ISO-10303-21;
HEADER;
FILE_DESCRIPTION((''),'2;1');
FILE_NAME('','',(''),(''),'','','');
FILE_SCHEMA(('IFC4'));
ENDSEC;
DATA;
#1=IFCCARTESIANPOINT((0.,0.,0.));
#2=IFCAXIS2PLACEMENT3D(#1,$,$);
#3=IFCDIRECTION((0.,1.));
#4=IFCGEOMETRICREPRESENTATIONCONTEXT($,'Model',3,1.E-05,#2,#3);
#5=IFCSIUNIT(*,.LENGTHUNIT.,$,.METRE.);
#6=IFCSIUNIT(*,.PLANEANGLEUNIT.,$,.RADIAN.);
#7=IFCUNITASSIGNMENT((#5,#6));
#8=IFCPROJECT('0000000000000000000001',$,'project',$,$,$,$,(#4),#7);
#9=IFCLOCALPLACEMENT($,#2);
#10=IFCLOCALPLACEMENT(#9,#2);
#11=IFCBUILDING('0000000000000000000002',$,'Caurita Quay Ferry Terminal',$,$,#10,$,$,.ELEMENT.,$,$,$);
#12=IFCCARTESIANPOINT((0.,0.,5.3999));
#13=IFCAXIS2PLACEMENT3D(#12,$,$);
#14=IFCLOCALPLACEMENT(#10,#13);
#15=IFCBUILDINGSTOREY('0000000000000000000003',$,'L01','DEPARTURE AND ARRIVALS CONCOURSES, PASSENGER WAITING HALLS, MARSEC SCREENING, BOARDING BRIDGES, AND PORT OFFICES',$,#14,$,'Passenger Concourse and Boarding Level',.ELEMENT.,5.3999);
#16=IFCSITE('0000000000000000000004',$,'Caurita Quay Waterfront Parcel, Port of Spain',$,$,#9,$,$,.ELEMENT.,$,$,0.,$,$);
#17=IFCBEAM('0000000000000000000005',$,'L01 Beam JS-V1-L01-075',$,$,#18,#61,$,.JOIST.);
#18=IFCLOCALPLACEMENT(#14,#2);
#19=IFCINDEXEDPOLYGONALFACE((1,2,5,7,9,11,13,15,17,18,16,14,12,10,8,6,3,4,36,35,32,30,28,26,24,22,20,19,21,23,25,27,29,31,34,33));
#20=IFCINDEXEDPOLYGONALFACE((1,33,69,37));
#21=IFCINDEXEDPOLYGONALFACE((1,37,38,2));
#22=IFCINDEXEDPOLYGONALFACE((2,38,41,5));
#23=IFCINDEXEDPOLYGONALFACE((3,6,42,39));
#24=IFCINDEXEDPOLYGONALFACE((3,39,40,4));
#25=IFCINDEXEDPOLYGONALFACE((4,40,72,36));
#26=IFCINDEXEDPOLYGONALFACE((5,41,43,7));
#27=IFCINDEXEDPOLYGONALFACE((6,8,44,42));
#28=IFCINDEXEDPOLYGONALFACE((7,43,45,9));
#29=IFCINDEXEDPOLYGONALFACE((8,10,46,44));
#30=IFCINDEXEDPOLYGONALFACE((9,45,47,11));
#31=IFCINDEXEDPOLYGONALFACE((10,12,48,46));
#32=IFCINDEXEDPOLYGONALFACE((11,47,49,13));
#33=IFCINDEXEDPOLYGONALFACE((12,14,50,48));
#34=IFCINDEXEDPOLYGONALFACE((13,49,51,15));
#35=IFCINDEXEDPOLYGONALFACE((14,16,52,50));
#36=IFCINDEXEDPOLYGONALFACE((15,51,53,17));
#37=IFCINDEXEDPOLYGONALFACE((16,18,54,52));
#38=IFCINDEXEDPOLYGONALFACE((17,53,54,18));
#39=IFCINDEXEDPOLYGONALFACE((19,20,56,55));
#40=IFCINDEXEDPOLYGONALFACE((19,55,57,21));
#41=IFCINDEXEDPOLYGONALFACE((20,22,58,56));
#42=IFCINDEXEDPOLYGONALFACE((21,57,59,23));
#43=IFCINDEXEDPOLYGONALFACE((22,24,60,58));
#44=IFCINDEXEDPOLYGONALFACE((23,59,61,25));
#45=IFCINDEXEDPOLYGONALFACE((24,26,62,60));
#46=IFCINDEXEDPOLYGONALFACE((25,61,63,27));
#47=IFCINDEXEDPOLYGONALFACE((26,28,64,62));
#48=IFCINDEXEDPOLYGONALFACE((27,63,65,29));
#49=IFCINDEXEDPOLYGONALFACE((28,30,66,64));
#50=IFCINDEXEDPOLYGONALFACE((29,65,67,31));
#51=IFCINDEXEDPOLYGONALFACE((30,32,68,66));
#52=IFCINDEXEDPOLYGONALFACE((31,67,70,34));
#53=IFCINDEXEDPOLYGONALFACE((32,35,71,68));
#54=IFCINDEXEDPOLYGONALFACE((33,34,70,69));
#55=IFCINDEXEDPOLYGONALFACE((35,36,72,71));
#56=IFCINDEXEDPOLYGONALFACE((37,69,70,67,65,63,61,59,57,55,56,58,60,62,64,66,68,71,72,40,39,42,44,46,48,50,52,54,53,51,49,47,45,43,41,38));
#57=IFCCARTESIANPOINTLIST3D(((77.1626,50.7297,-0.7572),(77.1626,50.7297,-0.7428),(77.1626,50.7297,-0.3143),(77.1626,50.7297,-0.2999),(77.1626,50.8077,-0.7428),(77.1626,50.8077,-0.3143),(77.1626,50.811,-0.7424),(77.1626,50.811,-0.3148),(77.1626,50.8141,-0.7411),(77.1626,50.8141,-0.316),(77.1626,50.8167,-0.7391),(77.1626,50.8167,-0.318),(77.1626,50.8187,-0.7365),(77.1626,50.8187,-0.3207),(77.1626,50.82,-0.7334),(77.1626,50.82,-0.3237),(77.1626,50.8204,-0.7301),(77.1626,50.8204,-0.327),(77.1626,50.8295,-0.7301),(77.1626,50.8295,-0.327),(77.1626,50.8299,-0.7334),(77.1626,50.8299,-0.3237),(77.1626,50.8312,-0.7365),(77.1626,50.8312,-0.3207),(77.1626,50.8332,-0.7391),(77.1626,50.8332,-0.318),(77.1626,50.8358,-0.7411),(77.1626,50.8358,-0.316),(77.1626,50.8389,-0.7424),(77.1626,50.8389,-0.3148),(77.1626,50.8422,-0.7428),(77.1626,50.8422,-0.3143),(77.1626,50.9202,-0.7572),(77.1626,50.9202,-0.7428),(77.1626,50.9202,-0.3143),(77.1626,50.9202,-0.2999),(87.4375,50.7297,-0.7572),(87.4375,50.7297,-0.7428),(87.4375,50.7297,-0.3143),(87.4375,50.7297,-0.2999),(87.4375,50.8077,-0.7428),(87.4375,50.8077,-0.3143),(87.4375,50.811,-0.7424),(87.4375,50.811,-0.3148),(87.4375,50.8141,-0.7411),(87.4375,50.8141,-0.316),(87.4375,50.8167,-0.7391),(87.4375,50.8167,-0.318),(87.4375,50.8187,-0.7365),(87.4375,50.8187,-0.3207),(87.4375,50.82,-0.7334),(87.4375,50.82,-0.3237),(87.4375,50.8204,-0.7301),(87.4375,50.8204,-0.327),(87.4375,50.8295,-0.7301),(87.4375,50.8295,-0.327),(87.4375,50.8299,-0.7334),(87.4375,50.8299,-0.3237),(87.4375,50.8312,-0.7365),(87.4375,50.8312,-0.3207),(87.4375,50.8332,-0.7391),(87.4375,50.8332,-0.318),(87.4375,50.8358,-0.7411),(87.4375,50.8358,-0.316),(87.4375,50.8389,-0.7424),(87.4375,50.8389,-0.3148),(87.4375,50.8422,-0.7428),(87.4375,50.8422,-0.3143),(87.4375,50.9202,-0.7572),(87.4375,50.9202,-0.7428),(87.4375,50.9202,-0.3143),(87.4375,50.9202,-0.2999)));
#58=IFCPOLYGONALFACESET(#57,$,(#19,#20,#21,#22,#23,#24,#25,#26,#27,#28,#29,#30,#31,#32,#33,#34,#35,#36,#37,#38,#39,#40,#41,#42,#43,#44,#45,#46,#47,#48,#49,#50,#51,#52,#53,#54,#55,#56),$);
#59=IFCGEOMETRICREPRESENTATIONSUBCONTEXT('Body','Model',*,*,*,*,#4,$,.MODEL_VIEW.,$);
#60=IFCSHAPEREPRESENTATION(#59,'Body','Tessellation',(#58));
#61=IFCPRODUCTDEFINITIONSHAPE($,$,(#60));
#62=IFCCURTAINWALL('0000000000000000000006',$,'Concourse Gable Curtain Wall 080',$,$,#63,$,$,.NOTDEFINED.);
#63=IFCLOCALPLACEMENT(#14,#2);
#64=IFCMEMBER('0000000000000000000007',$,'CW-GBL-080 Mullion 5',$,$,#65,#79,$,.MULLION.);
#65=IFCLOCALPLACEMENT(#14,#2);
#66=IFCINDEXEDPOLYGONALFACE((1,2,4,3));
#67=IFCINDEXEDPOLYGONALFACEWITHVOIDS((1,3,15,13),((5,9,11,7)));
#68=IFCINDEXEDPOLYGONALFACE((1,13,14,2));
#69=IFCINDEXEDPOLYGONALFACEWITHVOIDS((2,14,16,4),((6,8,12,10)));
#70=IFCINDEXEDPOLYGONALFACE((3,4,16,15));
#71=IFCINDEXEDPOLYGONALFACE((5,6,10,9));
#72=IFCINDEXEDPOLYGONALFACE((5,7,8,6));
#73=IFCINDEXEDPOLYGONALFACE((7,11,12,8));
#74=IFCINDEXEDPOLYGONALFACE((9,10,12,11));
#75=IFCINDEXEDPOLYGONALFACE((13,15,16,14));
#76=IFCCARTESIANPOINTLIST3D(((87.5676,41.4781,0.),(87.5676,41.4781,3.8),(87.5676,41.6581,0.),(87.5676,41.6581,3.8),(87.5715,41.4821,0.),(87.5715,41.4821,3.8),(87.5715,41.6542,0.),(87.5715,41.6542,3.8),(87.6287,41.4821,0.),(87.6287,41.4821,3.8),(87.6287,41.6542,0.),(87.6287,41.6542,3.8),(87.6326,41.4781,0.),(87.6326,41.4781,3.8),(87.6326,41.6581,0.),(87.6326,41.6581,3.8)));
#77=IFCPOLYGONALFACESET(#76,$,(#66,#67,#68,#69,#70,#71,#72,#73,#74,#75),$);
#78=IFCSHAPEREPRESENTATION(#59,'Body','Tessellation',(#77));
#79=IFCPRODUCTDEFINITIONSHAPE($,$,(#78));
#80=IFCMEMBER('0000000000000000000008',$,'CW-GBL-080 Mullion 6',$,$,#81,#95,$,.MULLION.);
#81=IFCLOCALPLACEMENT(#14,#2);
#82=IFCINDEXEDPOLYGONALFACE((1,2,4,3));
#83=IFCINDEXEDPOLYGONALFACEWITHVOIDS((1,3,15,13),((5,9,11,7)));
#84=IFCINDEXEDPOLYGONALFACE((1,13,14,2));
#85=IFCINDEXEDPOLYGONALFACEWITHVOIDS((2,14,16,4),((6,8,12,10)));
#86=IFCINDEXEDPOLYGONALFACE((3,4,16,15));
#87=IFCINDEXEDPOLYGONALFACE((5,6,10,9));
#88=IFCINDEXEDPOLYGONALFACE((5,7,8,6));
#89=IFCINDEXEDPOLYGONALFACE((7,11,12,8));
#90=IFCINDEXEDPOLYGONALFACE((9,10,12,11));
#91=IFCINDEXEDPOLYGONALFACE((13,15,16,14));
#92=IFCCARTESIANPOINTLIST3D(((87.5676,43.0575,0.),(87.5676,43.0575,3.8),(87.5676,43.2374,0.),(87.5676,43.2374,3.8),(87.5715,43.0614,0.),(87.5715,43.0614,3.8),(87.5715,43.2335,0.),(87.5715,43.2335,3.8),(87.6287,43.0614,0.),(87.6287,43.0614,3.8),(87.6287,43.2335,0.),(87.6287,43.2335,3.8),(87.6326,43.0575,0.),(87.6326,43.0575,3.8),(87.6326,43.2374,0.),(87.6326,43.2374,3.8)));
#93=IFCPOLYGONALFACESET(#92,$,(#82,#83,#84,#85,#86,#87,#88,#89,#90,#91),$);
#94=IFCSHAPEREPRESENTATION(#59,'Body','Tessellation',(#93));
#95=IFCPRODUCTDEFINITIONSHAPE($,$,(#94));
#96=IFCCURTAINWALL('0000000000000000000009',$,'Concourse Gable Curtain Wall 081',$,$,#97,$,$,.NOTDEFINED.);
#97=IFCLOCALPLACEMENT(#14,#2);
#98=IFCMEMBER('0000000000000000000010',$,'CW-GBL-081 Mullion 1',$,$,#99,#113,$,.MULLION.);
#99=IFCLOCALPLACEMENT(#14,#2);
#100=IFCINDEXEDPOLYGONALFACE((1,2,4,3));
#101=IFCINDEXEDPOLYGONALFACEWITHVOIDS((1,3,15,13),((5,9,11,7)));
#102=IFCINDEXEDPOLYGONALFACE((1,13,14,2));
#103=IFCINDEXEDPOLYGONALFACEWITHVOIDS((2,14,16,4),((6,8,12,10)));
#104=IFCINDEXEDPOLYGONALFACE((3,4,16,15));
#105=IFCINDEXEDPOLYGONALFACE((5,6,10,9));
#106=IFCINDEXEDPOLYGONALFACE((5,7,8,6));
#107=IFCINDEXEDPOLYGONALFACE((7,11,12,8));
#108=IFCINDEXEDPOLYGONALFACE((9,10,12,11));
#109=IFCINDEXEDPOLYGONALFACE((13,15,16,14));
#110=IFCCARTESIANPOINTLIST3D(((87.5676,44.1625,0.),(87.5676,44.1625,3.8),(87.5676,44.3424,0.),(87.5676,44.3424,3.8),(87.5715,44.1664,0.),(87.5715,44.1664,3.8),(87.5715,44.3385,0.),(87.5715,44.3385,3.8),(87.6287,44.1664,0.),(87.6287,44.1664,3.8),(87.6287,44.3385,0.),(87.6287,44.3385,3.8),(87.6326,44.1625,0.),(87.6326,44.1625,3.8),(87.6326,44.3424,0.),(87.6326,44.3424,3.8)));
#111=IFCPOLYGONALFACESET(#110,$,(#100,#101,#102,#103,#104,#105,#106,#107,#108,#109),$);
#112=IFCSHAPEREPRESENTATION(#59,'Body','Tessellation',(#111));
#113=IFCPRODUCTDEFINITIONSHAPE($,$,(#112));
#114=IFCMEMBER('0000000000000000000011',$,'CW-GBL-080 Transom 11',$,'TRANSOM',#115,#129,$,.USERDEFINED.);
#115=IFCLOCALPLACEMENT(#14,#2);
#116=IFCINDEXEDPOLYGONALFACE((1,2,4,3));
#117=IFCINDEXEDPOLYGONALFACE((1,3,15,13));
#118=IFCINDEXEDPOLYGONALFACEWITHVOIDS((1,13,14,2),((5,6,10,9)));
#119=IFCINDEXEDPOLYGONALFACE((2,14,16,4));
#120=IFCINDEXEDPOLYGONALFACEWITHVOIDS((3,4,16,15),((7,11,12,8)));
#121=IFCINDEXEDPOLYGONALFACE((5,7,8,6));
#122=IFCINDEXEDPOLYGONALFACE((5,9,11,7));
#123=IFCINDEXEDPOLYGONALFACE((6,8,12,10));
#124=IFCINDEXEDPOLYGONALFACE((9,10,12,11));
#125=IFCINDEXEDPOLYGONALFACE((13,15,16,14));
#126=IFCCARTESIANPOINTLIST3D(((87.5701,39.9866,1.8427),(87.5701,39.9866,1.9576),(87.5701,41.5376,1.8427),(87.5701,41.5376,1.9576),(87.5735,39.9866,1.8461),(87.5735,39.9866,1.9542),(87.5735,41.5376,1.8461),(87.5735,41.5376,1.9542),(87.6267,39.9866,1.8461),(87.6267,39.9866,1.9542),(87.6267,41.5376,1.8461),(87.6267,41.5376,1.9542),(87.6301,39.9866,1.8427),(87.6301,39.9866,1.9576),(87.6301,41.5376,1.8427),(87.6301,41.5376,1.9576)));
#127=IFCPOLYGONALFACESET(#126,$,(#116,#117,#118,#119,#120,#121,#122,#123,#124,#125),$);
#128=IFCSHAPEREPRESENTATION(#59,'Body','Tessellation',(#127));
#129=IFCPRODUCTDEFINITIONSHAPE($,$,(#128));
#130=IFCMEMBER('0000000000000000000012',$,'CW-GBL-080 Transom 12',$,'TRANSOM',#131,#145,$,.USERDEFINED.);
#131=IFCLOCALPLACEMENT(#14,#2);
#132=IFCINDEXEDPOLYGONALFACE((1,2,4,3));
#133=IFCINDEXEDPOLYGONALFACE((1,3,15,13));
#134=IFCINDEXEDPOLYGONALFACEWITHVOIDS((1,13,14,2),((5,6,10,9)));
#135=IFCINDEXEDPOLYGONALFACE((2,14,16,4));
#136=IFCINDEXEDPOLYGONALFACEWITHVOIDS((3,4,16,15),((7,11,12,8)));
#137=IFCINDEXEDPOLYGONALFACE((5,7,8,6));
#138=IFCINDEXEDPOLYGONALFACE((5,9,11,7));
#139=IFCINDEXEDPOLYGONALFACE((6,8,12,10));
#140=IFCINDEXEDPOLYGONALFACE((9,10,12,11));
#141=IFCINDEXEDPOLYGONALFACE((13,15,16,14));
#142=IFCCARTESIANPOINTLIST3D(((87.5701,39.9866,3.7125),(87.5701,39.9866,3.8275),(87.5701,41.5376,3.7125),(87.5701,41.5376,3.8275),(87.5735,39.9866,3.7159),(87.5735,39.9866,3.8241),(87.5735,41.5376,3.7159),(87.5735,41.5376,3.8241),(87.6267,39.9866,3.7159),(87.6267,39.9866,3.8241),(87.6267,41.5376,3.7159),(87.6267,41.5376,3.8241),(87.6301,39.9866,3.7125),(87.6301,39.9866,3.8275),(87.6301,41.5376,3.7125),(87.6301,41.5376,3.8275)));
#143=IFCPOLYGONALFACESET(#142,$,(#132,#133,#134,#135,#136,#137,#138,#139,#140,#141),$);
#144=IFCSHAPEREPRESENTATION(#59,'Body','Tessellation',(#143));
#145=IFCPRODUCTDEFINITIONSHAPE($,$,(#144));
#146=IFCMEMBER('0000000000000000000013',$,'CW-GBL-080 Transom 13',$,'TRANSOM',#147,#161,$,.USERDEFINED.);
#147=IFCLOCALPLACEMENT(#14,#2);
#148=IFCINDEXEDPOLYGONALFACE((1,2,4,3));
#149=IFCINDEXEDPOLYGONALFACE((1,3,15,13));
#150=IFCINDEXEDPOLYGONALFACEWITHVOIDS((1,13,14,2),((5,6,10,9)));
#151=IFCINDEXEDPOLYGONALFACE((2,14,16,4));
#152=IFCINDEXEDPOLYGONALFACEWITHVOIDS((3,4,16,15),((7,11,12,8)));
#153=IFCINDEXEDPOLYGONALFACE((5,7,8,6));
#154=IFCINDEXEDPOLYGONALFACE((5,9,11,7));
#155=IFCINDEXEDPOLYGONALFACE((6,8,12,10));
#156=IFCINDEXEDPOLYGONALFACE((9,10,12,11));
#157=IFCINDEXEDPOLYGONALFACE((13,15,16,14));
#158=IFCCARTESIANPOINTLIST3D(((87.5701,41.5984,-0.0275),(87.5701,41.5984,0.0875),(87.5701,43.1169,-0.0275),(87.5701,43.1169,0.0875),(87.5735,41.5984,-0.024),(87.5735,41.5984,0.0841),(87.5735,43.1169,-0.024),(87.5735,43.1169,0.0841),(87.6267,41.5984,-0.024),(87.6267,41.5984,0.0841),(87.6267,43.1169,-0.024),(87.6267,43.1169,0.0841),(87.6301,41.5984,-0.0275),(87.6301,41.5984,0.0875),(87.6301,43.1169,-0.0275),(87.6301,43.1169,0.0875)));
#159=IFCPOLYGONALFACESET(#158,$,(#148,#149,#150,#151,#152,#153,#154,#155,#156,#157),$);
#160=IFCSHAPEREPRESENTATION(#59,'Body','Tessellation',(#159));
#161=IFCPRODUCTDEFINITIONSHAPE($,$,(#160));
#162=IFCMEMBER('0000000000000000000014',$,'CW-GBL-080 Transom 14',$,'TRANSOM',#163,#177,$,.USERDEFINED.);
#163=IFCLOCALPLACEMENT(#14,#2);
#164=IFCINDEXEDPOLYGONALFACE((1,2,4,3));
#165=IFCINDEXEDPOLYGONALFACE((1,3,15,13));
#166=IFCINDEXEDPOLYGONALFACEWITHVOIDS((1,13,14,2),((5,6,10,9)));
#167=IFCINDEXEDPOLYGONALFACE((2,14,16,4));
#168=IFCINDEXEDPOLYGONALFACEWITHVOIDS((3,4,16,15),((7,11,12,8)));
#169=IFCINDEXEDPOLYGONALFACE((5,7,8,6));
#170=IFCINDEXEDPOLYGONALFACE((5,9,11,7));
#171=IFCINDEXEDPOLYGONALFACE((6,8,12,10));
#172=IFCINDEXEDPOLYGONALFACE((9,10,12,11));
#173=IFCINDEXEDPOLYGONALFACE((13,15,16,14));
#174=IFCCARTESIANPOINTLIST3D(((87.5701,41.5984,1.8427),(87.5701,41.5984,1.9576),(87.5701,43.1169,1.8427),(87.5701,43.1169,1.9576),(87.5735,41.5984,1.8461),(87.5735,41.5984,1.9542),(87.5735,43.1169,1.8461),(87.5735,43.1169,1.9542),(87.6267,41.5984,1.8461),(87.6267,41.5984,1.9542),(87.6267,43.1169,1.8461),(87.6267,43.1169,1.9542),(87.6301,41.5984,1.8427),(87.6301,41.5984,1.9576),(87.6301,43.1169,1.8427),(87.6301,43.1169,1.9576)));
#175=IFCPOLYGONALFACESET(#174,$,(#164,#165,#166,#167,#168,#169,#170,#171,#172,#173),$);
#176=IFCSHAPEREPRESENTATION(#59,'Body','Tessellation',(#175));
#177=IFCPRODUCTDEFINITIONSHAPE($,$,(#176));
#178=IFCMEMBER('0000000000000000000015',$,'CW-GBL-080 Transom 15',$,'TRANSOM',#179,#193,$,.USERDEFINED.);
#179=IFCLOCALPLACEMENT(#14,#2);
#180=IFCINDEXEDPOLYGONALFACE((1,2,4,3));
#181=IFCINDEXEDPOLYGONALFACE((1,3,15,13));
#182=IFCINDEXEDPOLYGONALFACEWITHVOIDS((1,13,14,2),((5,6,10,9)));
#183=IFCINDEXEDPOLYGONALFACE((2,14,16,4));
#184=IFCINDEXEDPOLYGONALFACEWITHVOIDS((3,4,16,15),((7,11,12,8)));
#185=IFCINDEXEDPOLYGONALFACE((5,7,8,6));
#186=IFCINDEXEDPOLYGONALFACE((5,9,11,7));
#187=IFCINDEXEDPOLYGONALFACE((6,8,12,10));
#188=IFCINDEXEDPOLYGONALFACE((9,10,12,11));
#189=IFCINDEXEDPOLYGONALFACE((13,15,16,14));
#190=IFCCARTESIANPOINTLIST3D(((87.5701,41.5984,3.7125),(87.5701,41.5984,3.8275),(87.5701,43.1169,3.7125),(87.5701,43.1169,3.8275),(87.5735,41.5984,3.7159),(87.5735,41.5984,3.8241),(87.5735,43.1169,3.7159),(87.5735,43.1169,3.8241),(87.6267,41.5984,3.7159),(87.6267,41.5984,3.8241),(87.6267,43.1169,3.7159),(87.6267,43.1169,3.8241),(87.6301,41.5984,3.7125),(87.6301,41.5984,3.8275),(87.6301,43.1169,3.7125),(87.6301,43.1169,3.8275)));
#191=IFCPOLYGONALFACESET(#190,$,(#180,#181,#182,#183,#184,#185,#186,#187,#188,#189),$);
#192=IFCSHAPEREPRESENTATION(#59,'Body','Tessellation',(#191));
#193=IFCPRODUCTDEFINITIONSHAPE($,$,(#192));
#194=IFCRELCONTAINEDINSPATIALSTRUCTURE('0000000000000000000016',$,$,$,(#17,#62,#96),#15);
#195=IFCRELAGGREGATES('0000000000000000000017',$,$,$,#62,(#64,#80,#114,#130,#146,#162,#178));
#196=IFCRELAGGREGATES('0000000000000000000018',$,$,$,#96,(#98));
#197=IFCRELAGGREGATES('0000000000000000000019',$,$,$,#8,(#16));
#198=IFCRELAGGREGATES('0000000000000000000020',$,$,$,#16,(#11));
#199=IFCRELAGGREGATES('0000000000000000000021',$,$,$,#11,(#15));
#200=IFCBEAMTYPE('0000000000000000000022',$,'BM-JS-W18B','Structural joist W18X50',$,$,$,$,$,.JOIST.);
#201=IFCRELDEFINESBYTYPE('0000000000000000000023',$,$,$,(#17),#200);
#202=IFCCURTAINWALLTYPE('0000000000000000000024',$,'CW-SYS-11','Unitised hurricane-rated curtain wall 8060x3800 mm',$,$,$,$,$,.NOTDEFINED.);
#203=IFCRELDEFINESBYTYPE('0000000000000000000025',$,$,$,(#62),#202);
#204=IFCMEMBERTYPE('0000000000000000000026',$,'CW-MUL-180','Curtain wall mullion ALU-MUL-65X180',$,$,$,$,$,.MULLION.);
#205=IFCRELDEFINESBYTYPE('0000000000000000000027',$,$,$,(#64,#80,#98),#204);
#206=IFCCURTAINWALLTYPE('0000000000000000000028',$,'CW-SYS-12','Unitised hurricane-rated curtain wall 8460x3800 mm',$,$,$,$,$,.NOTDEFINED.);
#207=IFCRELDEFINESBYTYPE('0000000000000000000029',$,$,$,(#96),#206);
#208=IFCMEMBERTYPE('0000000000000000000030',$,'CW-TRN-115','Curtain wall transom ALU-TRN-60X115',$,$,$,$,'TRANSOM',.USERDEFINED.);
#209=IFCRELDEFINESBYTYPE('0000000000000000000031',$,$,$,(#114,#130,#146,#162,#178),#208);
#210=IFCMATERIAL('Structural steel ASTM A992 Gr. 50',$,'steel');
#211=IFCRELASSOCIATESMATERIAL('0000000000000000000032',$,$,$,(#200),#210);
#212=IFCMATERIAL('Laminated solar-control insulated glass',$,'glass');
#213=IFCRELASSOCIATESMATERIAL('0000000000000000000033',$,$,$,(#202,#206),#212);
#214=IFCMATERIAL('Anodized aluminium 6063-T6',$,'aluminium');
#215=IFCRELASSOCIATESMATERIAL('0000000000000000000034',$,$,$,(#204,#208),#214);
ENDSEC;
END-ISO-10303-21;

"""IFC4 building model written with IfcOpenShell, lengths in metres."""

from ifc_helpers import new_model, si_unit, direction, frame, origin, origin_2d, place, context, subcontext, project, spatial, hollow_rectangle, i_section, extrude, material, material_profile, profile_set, type_object, element, aggregate, save


model = new_model("IFC4")

# Units and contexts
model_context = context("Model", 3, precision=1e-05, world=origin(), true_north=direction((0.0, 1.0)))
body_context = subcontext(model_context, "Body", "Model", "MODEL_VIEW")
ifc_project = project(units=[si_unit("LENGTHUNIT", "METRE"), si_unit("PLANEANGLEUNIT", "RADIAN")], contexts=[model_context])

# Site, building, storey
site_placement = place(None, origin())
site = spatial("IfcSite", under=ifc_project, at=site_placement, Name="Caurita Quay Waterfront Parcel, Port of Spain", CompositionType="ELEMENT", RefElevation=0.0)
building_placement = place(site_placement, origin())
building = spatial("IfcBuilding", under=site, at=building_placement, Name="Caurita Quay Ferry Terminal", CompositionType="ELEMENT")
storey_placement = place(building_placement, frame((0.0, 0.0, 5.3999)))
storey = spatial("IfcBuildingStorey", under=building, at=storey_placement, Name="L01", Description="DEPARTURE AND ARRIVALS CONCOURSES, PASSENGER WAITING HALLS, MARSEC SCREENING, BOARDING BRIDGES, AND PORT OFFICES", LongName="Passenger Concourse and Boarding Level", CompositionType="ELEMENT", Elevation=5.3999)

# Shared definitions
ifc_material_1 = material(Name="Structural steel ASTM A992 Gr. 50", Category="steel")

# Beam
ifc_material_profile_1 = material_profile(ifc_material_1, i_section(OverallWidth=0.1904, OverallDepth=0.4573, WebThickness=0.009, FlangeThickness=0.0144, FilletRadius=0.0127, at=origin_2d()), Name="W18X50")
ifc_profile_set_1 = profile_set([ifc_material_profile_1], Name="Structural steel ASTM A992 Gr. 50")
beam_type_1 = type_object("IfcBeamType", Name="BM-JS-W18B", Description="Structural joist W18X50", PredefinedType="JOIST", material=ifc_profile_set_1)
for number, where, z_axis, x_axis, name in (
    (1, (77.1626, 50.825, -0.5286), (1.0, 0.0, 0.0), (0.0, 1.0, 0.0), "L01 Beam JS-V1-L01-075"),
):
    element("IfcBeam", number, at=place(storey_placement, frame(where, z_axis=z_axis, x_axis=x_axis)), inside=storey, type_object=beam_type_1, Name=name, PredefinedType="JOIST", context=body_context, shape_type="SweptSolid", body=[
        extrude(i_section(OverallWidth=0.1904, OverallDepth=0.4573, WebThickness=0.009, FlangeThickness=0.0144, FilletRadius=0.0127, at=origin_2d()), origin(), (0.0, 0.0, 1.0), 10.2749),
    ])

# Curtain wall, members
ifc_material_2 = material(Name="Laminated solar-control insulated glass", Category="glass")
curtain_wall_type_1 = type_object("IfcCurtainWallType", Name="CW-SYS-11", Description="Unitised hurricane-rated curtain wall 8060x3800 mm", PredefinedType="NOTDEFINED", material=ifc_material_2)
curtain_wall_1_placement = place(storey_placement, origin())
curtain_wall_1 = element("IfcCurtainWall", 2, at=curtain_wall_1_placement, inside=storey, type_object=curtain_wall_type_1, Name="Concourse Gable Curtain Wall 080", PredefinedType="NOTDEFINED")
ifc_material_3 = material(Name="Anodized aluminium 6063-T6", Category="aluminium")
ifc_material_profile_2 = material_profile(ifc_material_3, hollow_rectangle(XDim=0.0649, YDim=0.1799, WallThickness=0.0039, at=origin_2d()), Name="ALU-MUL-65X180")
ifc_profile_set_2 = profile_set([ifc_material_profile_2], Name="Anodized aluminium 6063-T6")
member_type_1 = type_object("IfcMemberType", Name="CW-MUL-180", Description="Curtain wall mullion ALU-MUL-65X180", PredefinedType="MULLION", material=ifc_profile_set_2)
member_1_placement = place(storey_placement, frame((87.6001, 41.5681, 0.0), z_axis=(0.0, 0.0, 1.0), x_axis=(-1.0, 0.0, 0.0)))
member_1 = element("IfcMember", 3, at=member_1_placement, type_object=member_type_1, Name="CW-GBL-080 Mullion 5", PredefinedType="MULLION", context=body_context, shape_type="SweptSolid", body=[
    extrude(hollow_rectangle(XDim=0.0649, YDim=0.1799, WallThickness=0.0039, at=origin_2d()), origin(), (0.0, 0.0, 1.0), 3.8),
])
member_2_placement = place(storey_placement, frame((87.6001, 43.1475, 0.0), z_axis=(0.0, 0.0, 1.0), x_axis=(-1.0, 0.0, 0.0)))
member_2 = element("IfcMember", 4, at=member_2_placement, type_object=member_type_1, Name="CW-GBL-080 Mullion 6", PredefinedType="MULLION", context=body_context, shape_type="SweptSolid", body=[
    extrude(hollow_rectangle(XDim=0.0649, YDim=0.1799, WallThickness=0.0039, at=origin_2d()), origin(), (0.0, 0.0, 1.0), 3.8),
])

# Curtain wall, member
curtain_wall_type_2 = type_object("IfcCurtainWallType", Name="CW-SYS-12", Description="Unitised hurricane-rated curtain wall 8460x3800 mm", PredefinedType="NOTDEFINED", material=ifc_material_2)
curtain_wall_2_placement = place(storey_placement, origin())
curtain_wall_2 = element("IfcCurtainWall", 5, at=curtain_wall_2_placement, inside=storey, type_object=curtain_wall_type_2, Name="Concourse Gable Curtain Wall 081", PredefinedType="NOTDEFINED")
member_3_placement = place(storey_placement, frame((87.6001, 44.2524, 0.0), z_axis=(0.0, 0.0, 1.0), x_axis=(-1.0, 0.0, 0.0)))
member_3 = element("IfcMember", 6, at=member_3_placement, type_object=member_type_1, Name="CW-GBL-081 Mullion 1", PredefinedType="MULLION", context=body_context, shape_type="SweptSolid", body=[
    extrude(hollow_rectangle(XDim=0.0649, YDim=0.1799, WallThickness=0.0039, at=origin_2d()), origin(), (0.0, 0.0, 1.0), 3.8),
])

# Members
ifc_material_profile_3 = material_profile(ifc_material_3, hollow_rectangle(XDim=0.0601, YDim=0.115, WallThickness=0.0034, at=origin_2d()), Name="ALU-TRN-60X115")
ifc_profile_set_3 = profile_set([ifc_material_profile_3], Name="Anodized aluminium 6063-T6")
member_type_2 = type_object("IfcMemberType", Name="CW-TRN-115", Description="Curtain wall transom ALU-TRN-60X115", ElementType="TRANSOM", PredefinedType="USERDEFINED", material=ifc_profile_set_3)
member_4_placement = place(storey_placement, frame((87.6001, 39.9866, 1.9001), z_axis=(0.0, 1.0, 0.0), x_axis=(-1.0, 0.0, 0.0)))
member_4 = element("IfcMember", 7, at=member_4_placement, type_object=member_type_2, Name="CW-GBL-080 Transom 11", ObjectType="TRANSOM", PredefinedType="USERDEFINED", context=body_context, shape_type="SweptSolid", body=[
    extrude(hollow_rectangle(XDim=0.0601, YDim=0.115, WallThickness=0.0034, at=origin_2d()), origin(), (0.0, 0.0, 1.0), 1.551),
])
member_5_placement = place(storey_placement, frame((87.6001, 39.9866, 3.77), z_axis=(0.0, 1.0, 0.0), x_axis=(-1.0, 0.0, 0.0)))
member_5 = element("IfcMember", 8, at=member_5_placement, type_object=member_type_2, Name="CW-GBL-080 Transom 12", ObjectType="TRANSOM", PredefinedType="USERDEFINED", context=body_context, shape_type="SweptSolid", body=[
    extrude(hollow_rectangle(XDim=0.0601, YDim=0.115, WallThickness=0.0034, at=origin_2d()), origin(), (0.0, 0.0, 1.0), 1.551),
])
member_6_placement = place(storey_placement, frame((87.6001, 41.5984, 0.03), z_axis=(0.0, 1.0, 0.0), x_axis=(-1.0, 0.0, 0.0)))
member_6 = element("IfcMember", 9, at=member_6_placement, type_object=member_type_2, Name="CW-GBL-080 Transom 13", ObjectType="TRANSOM", PredefinedType="USERDEFINED", context=body_context, shape_type="SweptSolid", body=[
    extrude(hollow_rectangle(XDim=0.0601, YDim=0.115, WallThickness=0.0034, at=origin_2d()), origin(), (0.0, 0.0, 1.0), 1.5186),
])
member_7_placement = place(storey_placement, frame((87.6001, 41.5984, 1.9001), z_axis=(0.0, 1.0, 0.0), x_axis=(-1.0, 0.0, 0.0)))
member_7 = element("IfcMember", 10, at=member_7_placement, type_object=member_type_2, Name="CW-GBL-080 Transom 14", ObjectType="TRANSOM", PredefinedType="USERDEFINED", context=body_context, shape_type="SweptSolid", body=[
    extrude(hollow_rectangle(XDim=0.0601, YDim=0.115, WallThickness=0.0034, at=origin_2d()), origin(), (0.0, 0.0, 1.0), 1.5186),
])
member_8_placement = place(storey_placement, frame((87.6001, 41.5984, 3.77), z_axis=(0.0, 1.0, 0.0), x_axis=(-1.0, 0.0, 0.0)))
member_8 = element("IfcMember", 11, at=member_8_placement, type_object=member_type_2, Name="CW-GBL-080 Transom 15", ObjectType="TRANSOM", PredefinedType="USERDEFINED", context=body_context, shape_type="SweptSolid", body=[
    extrude(hollow_rectangle(XDim=0.0601, YDim=0.115, WallThickness=0.0034, at=origin_2d()), origin(), (0.0, 0.0, 1.0), 1.5186),
])

aggregate(curtain_wall_1, [member_1, member_2, member_4, member_5, member_6, member_7, member_8])
aggregate(curtain_wall_2, [member_3])

save(model, "model.ifc")
